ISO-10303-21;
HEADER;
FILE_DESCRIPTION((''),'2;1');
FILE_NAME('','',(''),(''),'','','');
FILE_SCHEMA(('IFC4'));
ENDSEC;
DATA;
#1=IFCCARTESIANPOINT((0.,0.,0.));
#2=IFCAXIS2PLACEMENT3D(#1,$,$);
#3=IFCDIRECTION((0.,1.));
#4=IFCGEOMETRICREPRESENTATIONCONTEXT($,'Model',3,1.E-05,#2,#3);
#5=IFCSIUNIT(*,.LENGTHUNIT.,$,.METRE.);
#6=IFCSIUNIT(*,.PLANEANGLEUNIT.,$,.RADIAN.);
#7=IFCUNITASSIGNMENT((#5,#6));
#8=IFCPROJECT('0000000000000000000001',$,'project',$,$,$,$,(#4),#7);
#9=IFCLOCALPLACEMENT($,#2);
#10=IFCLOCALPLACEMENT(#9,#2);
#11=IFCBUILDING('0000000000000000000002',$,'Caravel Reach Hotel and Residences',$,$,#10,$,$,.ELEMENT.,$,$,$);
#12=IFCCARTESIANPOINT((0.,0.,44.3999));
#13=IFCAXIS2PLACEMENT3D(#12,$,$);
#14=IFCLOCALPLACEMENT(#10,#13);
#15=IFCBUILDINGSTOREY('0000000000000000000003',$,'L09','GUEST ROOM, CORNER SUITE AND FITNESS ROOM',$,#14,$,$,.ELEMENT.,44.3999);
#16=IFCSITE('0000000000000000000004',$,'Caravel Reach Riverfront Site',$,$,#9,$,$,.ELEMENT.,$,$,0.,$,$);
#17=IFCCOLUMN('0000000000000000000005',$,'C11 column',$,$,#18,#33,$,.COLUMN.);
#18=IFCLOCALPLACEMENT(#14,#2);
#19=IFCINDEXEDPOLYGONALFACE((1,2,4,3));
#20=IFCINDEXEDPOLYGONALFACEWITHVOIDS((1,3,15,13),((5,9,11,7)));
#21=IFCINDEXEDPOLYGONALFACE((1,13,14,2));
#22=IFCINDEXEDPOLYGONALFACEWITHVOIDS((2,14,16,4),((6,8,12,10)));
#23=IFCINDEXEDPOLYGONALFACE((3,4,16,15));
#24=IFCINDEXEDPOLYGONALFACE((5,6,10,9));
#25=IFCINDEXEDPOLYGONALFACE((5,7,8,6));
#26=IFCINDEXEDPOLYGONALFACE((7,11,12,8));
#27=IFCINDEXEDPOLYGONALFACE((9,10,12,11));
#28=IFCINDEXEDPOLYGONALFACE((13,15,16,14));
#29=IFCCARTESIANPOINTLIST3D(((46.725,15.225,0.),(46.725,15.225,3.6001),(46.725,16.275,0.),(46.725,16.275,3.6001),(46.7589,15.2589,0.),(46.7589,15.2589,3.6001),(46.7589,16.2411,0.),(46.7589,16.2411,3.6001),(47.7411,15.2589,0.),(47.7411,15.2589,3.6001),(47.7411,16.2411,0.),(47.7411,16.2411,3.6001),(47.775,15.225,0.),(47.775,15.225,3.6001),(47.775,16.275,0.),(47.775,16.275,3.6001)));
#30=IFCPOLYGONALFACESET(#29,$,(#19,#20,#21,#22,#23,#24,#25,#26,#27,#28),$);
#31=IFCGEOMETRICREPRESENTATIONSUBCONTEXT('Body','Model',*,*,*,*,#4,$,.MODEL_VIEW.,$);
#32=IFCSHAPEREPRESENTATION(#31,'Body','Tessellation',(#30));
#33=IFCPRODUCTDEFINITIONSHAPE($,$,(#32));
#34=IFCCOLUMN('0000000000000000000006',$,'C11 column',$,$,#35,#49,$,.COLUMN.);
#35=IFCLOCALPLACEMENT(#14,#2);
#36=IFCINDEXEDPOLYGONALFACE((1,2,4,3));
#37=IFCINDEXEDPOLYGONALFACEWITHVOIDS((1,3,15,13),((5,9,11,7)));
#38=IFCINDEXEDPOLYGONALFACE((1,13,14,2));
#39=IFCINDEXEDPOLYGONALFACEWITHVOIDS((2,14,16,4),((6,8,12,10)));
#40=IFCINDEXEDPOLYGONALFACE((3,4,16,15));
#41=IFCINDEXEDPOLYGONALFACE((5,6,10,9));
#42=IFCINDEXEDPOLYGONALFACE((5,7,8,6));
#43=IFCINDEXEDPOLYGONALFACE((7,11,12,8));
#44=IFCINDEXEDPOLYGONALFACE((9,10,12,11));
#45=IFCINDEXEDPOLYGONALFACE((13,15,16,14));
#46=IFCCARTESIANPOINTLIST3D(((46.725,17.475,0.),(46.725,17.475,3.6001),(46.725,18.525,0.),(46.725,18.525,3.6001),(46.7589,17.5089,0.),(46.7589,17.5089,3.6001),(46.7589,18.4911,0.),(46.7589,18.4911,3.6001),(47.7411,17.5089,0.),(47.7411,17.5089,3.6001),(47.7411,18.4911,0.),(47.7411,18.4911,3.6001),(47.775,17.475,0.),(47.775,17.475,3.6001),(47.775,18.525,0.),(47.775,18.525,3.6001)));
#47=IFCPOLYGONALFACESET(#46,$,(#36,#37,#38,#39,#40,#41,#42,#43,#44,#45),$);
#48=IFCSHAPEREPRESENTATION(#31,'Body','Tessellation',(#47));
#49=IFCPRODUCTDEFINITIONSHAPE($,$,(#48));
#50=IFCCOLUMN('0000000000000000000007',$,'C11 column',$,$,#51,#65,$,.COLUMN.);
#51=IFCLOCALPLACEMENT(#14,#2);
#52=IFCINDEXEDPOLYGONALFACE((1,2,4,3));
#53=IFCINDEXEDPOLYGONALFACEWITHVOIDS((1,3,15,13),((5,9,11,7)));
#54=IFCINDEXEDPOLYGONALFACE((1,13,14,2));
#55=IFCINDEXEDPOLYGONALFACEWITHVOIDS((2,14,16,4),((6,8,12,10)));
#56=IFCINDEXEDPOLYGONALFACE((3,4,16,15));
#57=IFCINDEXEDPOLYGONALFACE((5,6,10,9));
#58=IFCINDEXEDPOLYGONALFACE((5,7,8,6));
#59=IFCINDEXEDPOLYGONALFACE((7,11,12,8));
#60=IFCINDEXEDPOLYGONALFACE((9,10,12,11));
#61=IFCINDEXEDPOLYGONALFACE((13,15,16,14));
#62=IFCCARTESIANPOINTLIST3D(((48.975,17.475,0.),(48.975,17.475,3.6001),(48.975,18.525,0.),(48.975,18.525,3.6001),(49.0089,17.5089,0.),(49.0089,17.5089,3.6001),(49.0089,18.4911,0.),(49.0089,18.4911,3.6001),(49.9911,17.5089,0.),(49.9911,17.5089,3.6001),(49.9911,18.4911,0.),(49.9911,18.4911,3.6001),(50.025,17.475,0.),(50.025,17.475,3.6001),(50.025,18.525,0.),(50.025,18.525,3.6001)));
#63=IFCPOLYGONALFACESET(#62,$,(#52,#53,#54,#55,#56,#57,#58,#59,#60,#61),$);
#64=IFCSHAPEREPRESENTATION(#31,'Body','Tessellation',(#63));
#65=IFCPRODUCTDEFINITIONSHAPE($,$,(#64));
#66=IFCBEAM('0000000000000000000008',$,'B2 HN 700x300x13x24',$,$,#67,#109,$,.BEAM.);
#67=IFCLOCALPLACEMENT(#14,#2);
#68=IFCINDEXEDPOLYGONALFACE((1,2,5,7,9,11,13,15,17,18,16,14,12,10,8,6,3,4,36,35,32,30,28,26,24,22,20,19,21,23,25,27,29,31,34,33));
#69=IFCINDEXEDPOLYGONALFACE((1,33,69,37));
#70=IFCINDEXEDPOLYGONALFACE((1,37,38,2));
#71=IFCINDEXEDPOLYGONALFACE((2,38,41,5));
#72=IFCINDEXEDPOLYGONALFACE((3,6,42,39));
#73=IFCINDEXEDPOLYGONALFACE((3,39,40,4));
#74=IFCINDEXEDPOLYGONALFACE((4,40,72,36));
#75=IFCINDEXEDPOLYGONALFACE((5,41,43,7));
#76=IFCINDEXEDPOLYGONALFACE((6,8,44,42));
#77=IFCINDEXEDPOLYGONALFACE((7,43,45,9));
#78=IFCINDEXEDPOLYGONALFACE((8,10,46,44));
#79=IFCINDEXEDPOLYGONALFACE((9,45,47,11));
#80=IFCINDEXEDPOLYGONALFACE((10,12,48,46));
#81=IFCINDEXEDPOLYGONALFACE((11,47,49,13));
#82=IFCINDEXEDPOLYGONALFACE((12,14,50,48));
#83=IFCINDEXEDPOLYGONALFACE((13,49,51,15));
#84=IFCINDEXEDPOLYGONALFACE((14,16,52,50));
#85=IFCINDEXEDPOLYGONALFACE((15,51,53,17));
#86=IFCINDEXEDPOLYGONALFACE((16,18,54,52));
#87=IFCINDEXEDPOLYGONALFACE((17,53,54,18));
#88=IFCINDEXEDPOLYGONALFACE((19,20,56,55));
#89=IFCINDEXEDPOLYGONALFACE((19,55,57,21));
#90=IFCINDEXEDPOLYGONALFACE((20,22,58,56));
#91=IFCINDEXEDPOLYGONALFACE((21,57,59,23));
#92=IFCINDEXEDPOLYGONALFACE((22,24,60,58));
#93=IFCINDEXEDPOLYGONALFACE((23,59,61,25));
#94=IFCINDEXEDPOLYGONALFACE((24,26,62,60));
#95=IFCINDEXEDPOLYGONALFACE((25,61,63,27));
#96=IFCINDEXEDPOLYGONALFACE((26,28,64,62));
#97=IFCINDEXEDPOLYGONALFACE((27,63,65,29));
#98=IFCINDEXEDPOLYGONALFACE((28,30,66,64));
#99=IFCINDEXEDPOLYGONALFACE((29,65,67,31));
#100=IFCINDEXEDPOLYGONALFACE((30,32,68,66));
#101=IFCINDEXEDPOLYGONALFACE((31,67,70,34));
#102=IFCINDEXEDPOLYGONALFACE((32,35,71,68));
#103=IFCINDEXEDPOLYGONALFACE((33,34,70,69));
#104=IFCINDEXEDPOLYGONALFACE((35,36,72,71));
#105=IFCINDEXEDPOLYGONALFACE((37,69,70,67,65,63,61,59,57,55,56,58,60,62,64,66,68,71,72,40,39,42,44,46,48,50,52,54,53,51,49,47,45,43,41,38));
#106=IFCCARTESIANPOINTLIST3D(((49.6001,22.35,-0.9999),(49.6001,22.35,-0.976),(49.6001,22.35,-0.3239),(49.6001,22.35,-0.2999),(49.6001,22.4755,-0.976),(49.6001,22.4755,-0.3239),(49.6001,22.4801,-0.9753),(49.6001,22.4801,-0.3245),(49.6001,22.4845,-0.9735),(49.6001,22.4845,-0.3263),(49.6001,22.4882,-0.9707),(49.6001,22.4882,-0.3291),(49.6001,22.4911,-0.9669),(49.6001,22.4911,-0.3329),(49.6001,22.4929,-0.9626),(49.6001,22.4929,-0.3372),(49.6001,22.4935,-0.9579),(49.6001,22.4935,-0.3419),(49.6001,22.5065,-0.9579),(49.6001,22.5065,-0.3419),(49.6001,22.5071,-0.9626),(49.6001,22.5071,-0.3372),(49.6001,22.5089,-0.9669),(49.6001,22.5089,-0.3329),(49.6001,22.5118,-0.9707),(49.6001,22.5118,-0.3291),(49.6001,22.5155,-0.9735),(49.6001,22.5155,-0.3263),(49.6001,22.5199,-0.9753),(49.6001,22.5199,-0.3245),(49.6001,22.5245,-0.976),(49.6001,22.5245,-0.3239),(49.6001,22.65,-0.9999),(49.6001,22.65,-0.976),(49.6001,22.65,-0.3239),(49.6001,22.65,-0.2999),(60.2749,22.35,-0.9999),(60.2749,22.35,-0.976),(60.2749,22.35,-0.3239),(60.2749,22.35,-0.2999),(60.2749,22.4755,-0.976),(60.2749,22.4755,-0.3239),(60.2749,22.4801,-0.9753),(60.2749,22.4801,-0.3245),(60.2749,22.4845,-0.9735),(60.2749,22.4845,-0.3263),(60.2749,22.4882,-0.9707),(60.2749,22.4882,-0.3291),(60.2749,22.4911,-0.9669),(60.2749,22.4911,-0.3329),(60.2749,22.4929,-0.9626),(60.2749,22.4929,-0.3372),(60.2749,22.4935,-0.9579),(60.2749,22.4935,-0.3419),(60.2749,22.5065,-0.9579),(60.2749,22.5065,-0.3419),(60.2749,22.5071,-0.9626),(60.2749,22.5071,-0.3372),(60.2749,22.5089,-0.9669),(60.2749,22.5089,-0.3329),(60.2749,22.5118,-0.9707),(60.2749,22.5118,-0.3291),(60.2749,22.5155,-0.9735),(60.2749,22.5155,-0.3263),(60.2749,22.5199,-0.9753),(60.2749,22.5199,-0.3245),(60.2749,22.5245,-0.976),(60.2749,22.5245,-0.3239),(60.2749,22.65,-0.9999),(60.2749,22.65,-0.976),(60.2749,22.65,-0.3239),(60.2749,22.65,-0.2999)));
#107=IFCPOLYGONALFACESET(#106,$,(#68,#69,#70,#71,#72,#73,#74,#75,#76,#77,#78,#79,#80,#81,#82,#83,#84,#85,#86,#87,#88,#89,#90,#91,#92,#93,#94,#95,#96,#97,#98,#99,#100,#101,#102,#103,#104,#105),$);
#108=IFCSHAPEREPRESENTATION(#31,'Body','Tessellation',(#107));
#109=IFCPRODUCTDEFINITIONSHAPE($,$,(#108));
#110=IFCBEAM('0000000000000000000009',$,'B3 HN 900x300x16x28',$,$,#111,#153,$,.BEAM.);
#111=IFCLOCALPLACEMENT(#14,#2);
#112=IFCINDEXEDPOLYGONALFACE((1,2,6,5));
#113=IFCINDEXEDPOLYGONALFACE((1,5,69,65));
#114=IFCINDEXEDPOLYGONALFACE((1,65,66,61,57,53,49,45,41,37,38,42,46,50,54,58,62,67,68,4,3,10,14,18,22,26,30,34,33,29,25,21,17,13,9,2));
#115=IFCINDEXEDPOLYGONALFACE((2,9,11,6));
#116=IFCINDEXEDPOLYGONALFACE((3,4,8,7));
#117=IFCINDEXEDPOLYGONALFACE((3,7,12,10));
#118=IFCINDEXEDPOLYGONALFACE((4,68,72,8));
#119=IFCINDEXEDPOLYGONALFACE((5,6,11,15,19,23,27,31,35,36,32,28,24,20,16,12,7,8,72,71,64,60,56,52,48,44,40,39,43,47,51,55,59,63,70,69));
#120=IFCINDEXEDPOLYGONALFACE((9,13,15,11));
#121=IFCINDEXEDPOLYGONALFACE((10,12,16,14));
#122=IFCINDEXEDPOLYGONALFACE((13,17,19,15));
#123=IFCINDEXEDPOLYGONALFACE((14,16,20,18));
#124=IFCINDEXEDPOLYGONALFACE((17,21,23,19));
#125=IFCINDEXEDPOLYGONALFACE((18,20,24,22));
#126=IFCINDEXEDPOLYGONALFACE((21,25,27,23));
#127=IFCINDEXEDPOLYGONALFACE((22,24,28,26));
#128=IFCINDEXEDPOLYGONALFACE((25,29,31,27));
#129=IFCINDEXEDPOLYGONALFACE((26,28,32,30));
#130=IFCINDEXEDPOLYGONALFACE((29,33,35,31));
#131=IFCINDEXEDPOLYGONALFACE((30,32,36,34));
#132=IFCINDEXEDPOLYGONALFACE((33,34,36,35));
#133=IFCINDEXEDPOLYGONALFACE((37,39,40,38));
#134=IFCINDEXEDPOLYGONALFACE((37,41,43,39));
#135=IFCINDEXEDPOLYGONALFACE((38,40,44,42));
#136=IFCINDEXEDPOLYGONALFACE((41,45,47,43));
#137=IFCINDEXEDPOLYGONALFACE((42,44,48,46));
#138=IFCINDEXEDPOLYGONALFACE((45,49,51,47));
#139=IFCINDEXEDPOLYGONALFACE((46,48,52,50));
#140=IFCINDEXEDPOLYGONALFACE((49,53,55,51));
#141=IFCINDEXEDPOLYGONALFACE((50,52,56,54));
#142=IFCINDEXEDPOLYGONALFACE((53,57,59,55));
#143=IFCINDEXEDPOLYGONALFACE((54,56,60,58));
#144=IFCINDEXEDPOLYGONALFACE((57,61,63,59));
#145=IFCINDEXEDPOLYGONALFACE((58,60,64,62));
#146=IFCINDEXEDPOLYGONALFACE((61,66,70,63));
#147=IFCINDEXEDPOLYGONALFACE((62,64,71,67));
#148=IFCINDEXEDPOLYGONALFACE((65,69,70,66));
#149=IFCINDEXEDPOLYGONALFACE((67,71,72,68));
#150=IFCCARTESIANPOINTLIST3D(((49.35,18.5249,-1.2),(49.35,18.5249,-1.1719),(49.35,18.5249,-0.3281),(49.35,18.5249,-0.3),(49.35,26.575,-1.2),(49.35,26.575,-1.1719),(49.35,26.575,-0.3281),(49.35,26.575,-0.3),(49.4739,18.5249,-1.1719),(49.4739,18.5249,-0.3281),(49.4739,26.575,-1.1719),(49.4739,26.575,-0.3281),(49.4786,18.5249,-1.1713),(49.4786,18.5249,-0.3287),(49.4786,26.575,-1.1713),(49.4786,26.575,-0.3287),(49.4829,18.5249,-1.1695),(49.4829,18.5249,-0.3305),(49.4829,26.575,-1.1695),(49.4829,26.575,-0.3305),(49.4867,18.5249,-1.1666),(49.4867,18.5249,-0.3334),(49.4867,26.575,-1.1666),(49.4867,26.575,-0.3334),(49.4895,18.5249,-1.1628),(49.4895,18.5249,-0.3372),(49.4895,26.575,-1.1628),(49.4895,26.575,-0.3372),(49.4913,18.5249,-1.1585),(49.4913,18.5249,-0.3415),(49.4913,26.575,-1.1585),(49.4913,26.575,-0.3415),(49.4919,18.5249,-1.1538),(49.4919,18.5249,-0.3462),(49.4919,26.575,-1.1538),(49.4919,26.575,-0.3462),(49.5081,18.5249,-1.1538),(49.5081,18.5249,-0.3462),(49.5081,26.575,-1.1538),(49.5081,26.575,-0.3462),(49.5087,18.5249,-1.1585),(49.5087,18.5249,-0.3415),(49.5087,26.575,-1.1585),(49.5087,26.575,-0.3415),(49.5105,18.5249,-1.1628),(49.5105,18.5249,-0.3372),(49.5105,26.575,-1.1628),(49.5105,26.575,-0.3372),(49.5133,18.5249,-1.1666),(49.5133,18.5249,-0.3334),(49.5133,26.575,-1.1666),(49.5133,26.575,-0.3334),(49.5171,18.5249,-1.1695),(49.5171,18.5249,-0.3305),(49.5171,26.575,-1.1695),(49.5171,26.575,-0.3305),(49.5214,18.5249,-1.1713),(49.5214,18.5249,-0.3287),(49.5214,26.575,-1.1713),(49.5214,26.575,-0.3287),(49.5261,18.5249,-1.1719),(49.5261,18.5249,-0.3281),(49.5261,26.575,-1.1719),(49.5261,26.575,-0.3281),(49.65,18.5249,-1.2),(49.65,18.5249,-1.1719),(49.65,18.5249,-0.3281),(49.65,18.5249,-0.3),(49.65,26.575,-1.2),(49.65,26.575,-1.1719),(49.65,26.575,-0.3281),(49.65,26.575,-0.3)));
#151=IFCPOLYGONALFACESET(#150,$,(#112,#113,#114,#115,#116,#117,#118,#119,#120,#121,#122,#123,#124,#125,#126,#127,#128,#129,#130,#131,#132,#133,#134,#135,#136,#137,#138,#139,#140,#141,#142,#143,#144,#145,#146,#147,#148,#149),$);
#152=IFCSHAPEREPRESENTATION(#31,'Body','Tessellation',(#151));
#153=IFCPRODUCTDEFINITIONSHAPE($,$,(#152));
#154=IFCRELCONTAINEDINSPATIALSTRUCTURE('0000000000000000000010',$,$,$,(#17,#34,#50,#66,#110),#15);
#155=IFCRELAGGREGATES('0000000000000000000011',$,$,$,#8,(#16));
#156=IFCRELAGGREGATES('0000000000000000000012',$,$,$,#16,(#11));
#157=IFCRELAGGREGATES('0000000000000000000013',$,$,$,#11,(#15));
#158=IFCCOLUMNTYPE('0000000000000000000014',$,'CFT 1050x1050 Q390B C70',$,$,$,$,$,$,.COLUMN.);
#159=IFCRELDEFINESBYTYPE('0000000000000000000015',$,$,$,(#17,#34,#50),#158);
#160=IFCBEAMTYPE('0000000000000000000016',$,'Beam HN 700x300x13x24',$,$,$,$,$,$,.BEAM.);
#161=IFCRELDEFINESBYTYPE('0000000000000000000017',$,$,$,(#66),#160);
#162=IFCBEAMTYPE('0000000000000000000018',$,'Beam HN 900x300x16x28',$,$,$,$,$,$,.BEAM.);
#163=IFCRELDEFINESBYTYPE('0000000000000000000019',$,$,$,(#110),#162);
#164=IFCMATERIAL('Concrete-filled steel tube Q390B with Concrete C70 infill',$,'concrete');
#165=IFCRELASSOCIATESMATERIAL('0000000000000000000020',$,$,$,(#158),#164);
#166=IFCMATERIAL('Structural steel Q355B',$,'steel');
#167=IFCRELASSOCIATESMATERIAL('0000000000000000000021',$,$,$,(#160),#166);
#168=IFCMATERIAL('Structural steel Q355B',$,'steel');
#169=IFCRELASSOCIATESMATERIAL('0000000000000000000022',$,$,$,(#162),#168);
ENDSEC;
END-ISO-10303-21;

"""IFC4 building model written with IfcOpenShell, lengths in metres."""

from ifc_helpers import new_model, si_unit, direction, frame, origin, origin_2d, place, context, subcontext, project, spatial, hollow_rectangle, i_section, extrude, material, material_profile, profile_set, type_object, element, save


model = new_model("IFC4")

# Units and contexts
model_context = context("Model", 3, precision=1e-05, world=origin(), true_north=direction((0.0, 1.0)))
body_context = subcontext(model_context, "Body", "Model", "MODEL_VIEW")
ifc_project = project(units=[si_unit("LENGTHUNIT", "METRE"), si_unit("PLANEANGLEUNIT", "RADIAN")], contexts=[model_context])

# Site, building, storey
site_placement = place(None, origin())
site = spatial("IfcSite", under=ifc_project, at=site_placement, Name="Caravel Reach Riverfront Site", CompositionType="ELEMENT", RefElevation=0.0)
building_placement = place(site_placement, origin())
building = spatial("IfcBuilding", under=site, at=building_placement, Name="Caravel Reach Hotel and Residences", CompositionType="ELEMENT")
storey_placement = place(building_placement, frame((0.0, 0.0, 44.3999)))
storey = spatial("IfcBuildingStorey", under=building, at=storey_placement, Name="L09", Description="GUEST ROOM, CORNER SUITE AND FITNESS ROOM", CompositionType="ELEMENT", Elevation=44.3999)

# Columns
ifc_material_1 = material(Name="Concrete-filled steel tube Q390B with Concrete C70 infill", Category="concrete")
ifc_material_profile_1 = material_profile(ifc_material_1, hollow_rectangle(XDim=1.05, YDim=1.05, WallThickness=0.0339, at=origin_2d()), Name="RHS 1050x1050x34")
ifc_profile_set_1 = profile_set([ifc_material_profile_1], Name="Concrete-filled steel tube Q390B with Concrete C70 infill")
column_type = type_object("IfcColumnType", Name="CFT 1050x1050 Q390B C70", PredefinedType="COLUMN", material=ifc_profile_set_1)
for number, where, z_axis, x_axis, name in (
    (1, (47.25, 15.75, 0.0), (0.0, 0.0, 1.0), (1.0, 0.0, 0.0), "C11 column"),
    (2, (47.25, 18.0, 0.0), (0.0, 0.0, 1.0), (1.0, 0.0, 0.0), "C11 column"),
    (3, (49.5, 18.0, 0.0), (0.0, 0.0, 1.0), (1.0, 0.0, 0.0), "C11 column"),
):
    element("IfcColumn", number, at=place(storey_placement, frame(where, z_axis=z_axis, x_axis=x_axis)), inside=storey, type_object=column_type, Name=name, PredefinedType="COLUMN", context=body_context, shape_type="SweptSolid", body=[
        extrude(hollow_rectangle(XDim=1.05, YDim=1.05, WallThickness=0.0339, at=origin_2d()), origin(), (0.0, 0.0, 1.0), 3.6001),
    ])

# Beams
ifc_material_2 = material(Name="Structural steel Q355B", Category="steel")
ifc_material_profile_2 = material_profile(ifc_material_2, i_section(OverallWidth=0.3, OverallDepth=0.7, WebThickness=0.0129, FlangeThickness=0.0239, FilletRadius=0.0181, at=origin_2d()), Name="HN 700x300x13x24")
ifc_profile_set_2 = profile_set([ifc_material_profile_2], Name="Structural steel Q355B")
beam_type_1 = type_object("IfcBeamType", Name="Beam HN 700x300x13x24", PredefinedType="BEAM", material=ifc_profile_set_2)
beam_1_placement = place(storey_placement, frame((49.6001, 22.5, -0.6499), z_axis=(1.0, 0.0, 0.0), x_axis=(0.0, 1.0, 0.0)))
element("IfcBeam", 4, at=beam_1_placement, inside=storey, type_object=beam_type_1, Name="B2 HN 700x300x13x24", PredefinedType="BEAM", context=body_context, shape_type="SweptSolid", body=[
    extrude(i_section(OverallWidth=0.3, OverallDepth=0.7, WebThickness=0.0129, FlangeThickness=0.0239, FilletRadius=0.0181, at=origin_2d()), origin(), (0.0, 0.0, 1.0), 10.6748),
])
ifc_material_3 = material(Name="Structural steel Q355B", Category="steel")
ifc_material_profile_3 = material_profile(ifc_material_3, i_section(OverallWidth=0.3, OverallDepth=0.8999, WebThickness=0.0161, FlangeThickness=0.0281, FilletRadius=0.0181, at=origin_2d()), Name="HN 900x300x16x28")
ifc_profile_set_3 = profile_set([ifc_material_profile_3], Name="Structural steel Q355B")
beam_type_2 = type_object("IfcBeamType", Name="Beam HN 900x300x16x28", PredefinedType="BEAM", material=ifc_profile_set_3)
beam_2_placement = place(storey_placement, frame((49.5, 18.5249, -0.75), z_axis=(0.0, 1.0, 0.0), x_axis=(-1.0, 0.0, 0.0)))
element("IfcBeam", 5, at=beam_2_placement, inside=storey, type_object=beam_type_2, Name="B3 HN 900x300x16x28", PredefinedType="BEAM", context=body_context, shape_type="SweptSolid", body=[
    extrude(i_section(OverallWidth=0.3, OverallDepth=0.8999, WebThickness=0.0161, FlangeThickness=0.0281, FilletRadius=0.0181, at=origin_2d()), origin(), (0.0, 0.0, 1.0), 8.05),
])

save(model, "model.ifc")
